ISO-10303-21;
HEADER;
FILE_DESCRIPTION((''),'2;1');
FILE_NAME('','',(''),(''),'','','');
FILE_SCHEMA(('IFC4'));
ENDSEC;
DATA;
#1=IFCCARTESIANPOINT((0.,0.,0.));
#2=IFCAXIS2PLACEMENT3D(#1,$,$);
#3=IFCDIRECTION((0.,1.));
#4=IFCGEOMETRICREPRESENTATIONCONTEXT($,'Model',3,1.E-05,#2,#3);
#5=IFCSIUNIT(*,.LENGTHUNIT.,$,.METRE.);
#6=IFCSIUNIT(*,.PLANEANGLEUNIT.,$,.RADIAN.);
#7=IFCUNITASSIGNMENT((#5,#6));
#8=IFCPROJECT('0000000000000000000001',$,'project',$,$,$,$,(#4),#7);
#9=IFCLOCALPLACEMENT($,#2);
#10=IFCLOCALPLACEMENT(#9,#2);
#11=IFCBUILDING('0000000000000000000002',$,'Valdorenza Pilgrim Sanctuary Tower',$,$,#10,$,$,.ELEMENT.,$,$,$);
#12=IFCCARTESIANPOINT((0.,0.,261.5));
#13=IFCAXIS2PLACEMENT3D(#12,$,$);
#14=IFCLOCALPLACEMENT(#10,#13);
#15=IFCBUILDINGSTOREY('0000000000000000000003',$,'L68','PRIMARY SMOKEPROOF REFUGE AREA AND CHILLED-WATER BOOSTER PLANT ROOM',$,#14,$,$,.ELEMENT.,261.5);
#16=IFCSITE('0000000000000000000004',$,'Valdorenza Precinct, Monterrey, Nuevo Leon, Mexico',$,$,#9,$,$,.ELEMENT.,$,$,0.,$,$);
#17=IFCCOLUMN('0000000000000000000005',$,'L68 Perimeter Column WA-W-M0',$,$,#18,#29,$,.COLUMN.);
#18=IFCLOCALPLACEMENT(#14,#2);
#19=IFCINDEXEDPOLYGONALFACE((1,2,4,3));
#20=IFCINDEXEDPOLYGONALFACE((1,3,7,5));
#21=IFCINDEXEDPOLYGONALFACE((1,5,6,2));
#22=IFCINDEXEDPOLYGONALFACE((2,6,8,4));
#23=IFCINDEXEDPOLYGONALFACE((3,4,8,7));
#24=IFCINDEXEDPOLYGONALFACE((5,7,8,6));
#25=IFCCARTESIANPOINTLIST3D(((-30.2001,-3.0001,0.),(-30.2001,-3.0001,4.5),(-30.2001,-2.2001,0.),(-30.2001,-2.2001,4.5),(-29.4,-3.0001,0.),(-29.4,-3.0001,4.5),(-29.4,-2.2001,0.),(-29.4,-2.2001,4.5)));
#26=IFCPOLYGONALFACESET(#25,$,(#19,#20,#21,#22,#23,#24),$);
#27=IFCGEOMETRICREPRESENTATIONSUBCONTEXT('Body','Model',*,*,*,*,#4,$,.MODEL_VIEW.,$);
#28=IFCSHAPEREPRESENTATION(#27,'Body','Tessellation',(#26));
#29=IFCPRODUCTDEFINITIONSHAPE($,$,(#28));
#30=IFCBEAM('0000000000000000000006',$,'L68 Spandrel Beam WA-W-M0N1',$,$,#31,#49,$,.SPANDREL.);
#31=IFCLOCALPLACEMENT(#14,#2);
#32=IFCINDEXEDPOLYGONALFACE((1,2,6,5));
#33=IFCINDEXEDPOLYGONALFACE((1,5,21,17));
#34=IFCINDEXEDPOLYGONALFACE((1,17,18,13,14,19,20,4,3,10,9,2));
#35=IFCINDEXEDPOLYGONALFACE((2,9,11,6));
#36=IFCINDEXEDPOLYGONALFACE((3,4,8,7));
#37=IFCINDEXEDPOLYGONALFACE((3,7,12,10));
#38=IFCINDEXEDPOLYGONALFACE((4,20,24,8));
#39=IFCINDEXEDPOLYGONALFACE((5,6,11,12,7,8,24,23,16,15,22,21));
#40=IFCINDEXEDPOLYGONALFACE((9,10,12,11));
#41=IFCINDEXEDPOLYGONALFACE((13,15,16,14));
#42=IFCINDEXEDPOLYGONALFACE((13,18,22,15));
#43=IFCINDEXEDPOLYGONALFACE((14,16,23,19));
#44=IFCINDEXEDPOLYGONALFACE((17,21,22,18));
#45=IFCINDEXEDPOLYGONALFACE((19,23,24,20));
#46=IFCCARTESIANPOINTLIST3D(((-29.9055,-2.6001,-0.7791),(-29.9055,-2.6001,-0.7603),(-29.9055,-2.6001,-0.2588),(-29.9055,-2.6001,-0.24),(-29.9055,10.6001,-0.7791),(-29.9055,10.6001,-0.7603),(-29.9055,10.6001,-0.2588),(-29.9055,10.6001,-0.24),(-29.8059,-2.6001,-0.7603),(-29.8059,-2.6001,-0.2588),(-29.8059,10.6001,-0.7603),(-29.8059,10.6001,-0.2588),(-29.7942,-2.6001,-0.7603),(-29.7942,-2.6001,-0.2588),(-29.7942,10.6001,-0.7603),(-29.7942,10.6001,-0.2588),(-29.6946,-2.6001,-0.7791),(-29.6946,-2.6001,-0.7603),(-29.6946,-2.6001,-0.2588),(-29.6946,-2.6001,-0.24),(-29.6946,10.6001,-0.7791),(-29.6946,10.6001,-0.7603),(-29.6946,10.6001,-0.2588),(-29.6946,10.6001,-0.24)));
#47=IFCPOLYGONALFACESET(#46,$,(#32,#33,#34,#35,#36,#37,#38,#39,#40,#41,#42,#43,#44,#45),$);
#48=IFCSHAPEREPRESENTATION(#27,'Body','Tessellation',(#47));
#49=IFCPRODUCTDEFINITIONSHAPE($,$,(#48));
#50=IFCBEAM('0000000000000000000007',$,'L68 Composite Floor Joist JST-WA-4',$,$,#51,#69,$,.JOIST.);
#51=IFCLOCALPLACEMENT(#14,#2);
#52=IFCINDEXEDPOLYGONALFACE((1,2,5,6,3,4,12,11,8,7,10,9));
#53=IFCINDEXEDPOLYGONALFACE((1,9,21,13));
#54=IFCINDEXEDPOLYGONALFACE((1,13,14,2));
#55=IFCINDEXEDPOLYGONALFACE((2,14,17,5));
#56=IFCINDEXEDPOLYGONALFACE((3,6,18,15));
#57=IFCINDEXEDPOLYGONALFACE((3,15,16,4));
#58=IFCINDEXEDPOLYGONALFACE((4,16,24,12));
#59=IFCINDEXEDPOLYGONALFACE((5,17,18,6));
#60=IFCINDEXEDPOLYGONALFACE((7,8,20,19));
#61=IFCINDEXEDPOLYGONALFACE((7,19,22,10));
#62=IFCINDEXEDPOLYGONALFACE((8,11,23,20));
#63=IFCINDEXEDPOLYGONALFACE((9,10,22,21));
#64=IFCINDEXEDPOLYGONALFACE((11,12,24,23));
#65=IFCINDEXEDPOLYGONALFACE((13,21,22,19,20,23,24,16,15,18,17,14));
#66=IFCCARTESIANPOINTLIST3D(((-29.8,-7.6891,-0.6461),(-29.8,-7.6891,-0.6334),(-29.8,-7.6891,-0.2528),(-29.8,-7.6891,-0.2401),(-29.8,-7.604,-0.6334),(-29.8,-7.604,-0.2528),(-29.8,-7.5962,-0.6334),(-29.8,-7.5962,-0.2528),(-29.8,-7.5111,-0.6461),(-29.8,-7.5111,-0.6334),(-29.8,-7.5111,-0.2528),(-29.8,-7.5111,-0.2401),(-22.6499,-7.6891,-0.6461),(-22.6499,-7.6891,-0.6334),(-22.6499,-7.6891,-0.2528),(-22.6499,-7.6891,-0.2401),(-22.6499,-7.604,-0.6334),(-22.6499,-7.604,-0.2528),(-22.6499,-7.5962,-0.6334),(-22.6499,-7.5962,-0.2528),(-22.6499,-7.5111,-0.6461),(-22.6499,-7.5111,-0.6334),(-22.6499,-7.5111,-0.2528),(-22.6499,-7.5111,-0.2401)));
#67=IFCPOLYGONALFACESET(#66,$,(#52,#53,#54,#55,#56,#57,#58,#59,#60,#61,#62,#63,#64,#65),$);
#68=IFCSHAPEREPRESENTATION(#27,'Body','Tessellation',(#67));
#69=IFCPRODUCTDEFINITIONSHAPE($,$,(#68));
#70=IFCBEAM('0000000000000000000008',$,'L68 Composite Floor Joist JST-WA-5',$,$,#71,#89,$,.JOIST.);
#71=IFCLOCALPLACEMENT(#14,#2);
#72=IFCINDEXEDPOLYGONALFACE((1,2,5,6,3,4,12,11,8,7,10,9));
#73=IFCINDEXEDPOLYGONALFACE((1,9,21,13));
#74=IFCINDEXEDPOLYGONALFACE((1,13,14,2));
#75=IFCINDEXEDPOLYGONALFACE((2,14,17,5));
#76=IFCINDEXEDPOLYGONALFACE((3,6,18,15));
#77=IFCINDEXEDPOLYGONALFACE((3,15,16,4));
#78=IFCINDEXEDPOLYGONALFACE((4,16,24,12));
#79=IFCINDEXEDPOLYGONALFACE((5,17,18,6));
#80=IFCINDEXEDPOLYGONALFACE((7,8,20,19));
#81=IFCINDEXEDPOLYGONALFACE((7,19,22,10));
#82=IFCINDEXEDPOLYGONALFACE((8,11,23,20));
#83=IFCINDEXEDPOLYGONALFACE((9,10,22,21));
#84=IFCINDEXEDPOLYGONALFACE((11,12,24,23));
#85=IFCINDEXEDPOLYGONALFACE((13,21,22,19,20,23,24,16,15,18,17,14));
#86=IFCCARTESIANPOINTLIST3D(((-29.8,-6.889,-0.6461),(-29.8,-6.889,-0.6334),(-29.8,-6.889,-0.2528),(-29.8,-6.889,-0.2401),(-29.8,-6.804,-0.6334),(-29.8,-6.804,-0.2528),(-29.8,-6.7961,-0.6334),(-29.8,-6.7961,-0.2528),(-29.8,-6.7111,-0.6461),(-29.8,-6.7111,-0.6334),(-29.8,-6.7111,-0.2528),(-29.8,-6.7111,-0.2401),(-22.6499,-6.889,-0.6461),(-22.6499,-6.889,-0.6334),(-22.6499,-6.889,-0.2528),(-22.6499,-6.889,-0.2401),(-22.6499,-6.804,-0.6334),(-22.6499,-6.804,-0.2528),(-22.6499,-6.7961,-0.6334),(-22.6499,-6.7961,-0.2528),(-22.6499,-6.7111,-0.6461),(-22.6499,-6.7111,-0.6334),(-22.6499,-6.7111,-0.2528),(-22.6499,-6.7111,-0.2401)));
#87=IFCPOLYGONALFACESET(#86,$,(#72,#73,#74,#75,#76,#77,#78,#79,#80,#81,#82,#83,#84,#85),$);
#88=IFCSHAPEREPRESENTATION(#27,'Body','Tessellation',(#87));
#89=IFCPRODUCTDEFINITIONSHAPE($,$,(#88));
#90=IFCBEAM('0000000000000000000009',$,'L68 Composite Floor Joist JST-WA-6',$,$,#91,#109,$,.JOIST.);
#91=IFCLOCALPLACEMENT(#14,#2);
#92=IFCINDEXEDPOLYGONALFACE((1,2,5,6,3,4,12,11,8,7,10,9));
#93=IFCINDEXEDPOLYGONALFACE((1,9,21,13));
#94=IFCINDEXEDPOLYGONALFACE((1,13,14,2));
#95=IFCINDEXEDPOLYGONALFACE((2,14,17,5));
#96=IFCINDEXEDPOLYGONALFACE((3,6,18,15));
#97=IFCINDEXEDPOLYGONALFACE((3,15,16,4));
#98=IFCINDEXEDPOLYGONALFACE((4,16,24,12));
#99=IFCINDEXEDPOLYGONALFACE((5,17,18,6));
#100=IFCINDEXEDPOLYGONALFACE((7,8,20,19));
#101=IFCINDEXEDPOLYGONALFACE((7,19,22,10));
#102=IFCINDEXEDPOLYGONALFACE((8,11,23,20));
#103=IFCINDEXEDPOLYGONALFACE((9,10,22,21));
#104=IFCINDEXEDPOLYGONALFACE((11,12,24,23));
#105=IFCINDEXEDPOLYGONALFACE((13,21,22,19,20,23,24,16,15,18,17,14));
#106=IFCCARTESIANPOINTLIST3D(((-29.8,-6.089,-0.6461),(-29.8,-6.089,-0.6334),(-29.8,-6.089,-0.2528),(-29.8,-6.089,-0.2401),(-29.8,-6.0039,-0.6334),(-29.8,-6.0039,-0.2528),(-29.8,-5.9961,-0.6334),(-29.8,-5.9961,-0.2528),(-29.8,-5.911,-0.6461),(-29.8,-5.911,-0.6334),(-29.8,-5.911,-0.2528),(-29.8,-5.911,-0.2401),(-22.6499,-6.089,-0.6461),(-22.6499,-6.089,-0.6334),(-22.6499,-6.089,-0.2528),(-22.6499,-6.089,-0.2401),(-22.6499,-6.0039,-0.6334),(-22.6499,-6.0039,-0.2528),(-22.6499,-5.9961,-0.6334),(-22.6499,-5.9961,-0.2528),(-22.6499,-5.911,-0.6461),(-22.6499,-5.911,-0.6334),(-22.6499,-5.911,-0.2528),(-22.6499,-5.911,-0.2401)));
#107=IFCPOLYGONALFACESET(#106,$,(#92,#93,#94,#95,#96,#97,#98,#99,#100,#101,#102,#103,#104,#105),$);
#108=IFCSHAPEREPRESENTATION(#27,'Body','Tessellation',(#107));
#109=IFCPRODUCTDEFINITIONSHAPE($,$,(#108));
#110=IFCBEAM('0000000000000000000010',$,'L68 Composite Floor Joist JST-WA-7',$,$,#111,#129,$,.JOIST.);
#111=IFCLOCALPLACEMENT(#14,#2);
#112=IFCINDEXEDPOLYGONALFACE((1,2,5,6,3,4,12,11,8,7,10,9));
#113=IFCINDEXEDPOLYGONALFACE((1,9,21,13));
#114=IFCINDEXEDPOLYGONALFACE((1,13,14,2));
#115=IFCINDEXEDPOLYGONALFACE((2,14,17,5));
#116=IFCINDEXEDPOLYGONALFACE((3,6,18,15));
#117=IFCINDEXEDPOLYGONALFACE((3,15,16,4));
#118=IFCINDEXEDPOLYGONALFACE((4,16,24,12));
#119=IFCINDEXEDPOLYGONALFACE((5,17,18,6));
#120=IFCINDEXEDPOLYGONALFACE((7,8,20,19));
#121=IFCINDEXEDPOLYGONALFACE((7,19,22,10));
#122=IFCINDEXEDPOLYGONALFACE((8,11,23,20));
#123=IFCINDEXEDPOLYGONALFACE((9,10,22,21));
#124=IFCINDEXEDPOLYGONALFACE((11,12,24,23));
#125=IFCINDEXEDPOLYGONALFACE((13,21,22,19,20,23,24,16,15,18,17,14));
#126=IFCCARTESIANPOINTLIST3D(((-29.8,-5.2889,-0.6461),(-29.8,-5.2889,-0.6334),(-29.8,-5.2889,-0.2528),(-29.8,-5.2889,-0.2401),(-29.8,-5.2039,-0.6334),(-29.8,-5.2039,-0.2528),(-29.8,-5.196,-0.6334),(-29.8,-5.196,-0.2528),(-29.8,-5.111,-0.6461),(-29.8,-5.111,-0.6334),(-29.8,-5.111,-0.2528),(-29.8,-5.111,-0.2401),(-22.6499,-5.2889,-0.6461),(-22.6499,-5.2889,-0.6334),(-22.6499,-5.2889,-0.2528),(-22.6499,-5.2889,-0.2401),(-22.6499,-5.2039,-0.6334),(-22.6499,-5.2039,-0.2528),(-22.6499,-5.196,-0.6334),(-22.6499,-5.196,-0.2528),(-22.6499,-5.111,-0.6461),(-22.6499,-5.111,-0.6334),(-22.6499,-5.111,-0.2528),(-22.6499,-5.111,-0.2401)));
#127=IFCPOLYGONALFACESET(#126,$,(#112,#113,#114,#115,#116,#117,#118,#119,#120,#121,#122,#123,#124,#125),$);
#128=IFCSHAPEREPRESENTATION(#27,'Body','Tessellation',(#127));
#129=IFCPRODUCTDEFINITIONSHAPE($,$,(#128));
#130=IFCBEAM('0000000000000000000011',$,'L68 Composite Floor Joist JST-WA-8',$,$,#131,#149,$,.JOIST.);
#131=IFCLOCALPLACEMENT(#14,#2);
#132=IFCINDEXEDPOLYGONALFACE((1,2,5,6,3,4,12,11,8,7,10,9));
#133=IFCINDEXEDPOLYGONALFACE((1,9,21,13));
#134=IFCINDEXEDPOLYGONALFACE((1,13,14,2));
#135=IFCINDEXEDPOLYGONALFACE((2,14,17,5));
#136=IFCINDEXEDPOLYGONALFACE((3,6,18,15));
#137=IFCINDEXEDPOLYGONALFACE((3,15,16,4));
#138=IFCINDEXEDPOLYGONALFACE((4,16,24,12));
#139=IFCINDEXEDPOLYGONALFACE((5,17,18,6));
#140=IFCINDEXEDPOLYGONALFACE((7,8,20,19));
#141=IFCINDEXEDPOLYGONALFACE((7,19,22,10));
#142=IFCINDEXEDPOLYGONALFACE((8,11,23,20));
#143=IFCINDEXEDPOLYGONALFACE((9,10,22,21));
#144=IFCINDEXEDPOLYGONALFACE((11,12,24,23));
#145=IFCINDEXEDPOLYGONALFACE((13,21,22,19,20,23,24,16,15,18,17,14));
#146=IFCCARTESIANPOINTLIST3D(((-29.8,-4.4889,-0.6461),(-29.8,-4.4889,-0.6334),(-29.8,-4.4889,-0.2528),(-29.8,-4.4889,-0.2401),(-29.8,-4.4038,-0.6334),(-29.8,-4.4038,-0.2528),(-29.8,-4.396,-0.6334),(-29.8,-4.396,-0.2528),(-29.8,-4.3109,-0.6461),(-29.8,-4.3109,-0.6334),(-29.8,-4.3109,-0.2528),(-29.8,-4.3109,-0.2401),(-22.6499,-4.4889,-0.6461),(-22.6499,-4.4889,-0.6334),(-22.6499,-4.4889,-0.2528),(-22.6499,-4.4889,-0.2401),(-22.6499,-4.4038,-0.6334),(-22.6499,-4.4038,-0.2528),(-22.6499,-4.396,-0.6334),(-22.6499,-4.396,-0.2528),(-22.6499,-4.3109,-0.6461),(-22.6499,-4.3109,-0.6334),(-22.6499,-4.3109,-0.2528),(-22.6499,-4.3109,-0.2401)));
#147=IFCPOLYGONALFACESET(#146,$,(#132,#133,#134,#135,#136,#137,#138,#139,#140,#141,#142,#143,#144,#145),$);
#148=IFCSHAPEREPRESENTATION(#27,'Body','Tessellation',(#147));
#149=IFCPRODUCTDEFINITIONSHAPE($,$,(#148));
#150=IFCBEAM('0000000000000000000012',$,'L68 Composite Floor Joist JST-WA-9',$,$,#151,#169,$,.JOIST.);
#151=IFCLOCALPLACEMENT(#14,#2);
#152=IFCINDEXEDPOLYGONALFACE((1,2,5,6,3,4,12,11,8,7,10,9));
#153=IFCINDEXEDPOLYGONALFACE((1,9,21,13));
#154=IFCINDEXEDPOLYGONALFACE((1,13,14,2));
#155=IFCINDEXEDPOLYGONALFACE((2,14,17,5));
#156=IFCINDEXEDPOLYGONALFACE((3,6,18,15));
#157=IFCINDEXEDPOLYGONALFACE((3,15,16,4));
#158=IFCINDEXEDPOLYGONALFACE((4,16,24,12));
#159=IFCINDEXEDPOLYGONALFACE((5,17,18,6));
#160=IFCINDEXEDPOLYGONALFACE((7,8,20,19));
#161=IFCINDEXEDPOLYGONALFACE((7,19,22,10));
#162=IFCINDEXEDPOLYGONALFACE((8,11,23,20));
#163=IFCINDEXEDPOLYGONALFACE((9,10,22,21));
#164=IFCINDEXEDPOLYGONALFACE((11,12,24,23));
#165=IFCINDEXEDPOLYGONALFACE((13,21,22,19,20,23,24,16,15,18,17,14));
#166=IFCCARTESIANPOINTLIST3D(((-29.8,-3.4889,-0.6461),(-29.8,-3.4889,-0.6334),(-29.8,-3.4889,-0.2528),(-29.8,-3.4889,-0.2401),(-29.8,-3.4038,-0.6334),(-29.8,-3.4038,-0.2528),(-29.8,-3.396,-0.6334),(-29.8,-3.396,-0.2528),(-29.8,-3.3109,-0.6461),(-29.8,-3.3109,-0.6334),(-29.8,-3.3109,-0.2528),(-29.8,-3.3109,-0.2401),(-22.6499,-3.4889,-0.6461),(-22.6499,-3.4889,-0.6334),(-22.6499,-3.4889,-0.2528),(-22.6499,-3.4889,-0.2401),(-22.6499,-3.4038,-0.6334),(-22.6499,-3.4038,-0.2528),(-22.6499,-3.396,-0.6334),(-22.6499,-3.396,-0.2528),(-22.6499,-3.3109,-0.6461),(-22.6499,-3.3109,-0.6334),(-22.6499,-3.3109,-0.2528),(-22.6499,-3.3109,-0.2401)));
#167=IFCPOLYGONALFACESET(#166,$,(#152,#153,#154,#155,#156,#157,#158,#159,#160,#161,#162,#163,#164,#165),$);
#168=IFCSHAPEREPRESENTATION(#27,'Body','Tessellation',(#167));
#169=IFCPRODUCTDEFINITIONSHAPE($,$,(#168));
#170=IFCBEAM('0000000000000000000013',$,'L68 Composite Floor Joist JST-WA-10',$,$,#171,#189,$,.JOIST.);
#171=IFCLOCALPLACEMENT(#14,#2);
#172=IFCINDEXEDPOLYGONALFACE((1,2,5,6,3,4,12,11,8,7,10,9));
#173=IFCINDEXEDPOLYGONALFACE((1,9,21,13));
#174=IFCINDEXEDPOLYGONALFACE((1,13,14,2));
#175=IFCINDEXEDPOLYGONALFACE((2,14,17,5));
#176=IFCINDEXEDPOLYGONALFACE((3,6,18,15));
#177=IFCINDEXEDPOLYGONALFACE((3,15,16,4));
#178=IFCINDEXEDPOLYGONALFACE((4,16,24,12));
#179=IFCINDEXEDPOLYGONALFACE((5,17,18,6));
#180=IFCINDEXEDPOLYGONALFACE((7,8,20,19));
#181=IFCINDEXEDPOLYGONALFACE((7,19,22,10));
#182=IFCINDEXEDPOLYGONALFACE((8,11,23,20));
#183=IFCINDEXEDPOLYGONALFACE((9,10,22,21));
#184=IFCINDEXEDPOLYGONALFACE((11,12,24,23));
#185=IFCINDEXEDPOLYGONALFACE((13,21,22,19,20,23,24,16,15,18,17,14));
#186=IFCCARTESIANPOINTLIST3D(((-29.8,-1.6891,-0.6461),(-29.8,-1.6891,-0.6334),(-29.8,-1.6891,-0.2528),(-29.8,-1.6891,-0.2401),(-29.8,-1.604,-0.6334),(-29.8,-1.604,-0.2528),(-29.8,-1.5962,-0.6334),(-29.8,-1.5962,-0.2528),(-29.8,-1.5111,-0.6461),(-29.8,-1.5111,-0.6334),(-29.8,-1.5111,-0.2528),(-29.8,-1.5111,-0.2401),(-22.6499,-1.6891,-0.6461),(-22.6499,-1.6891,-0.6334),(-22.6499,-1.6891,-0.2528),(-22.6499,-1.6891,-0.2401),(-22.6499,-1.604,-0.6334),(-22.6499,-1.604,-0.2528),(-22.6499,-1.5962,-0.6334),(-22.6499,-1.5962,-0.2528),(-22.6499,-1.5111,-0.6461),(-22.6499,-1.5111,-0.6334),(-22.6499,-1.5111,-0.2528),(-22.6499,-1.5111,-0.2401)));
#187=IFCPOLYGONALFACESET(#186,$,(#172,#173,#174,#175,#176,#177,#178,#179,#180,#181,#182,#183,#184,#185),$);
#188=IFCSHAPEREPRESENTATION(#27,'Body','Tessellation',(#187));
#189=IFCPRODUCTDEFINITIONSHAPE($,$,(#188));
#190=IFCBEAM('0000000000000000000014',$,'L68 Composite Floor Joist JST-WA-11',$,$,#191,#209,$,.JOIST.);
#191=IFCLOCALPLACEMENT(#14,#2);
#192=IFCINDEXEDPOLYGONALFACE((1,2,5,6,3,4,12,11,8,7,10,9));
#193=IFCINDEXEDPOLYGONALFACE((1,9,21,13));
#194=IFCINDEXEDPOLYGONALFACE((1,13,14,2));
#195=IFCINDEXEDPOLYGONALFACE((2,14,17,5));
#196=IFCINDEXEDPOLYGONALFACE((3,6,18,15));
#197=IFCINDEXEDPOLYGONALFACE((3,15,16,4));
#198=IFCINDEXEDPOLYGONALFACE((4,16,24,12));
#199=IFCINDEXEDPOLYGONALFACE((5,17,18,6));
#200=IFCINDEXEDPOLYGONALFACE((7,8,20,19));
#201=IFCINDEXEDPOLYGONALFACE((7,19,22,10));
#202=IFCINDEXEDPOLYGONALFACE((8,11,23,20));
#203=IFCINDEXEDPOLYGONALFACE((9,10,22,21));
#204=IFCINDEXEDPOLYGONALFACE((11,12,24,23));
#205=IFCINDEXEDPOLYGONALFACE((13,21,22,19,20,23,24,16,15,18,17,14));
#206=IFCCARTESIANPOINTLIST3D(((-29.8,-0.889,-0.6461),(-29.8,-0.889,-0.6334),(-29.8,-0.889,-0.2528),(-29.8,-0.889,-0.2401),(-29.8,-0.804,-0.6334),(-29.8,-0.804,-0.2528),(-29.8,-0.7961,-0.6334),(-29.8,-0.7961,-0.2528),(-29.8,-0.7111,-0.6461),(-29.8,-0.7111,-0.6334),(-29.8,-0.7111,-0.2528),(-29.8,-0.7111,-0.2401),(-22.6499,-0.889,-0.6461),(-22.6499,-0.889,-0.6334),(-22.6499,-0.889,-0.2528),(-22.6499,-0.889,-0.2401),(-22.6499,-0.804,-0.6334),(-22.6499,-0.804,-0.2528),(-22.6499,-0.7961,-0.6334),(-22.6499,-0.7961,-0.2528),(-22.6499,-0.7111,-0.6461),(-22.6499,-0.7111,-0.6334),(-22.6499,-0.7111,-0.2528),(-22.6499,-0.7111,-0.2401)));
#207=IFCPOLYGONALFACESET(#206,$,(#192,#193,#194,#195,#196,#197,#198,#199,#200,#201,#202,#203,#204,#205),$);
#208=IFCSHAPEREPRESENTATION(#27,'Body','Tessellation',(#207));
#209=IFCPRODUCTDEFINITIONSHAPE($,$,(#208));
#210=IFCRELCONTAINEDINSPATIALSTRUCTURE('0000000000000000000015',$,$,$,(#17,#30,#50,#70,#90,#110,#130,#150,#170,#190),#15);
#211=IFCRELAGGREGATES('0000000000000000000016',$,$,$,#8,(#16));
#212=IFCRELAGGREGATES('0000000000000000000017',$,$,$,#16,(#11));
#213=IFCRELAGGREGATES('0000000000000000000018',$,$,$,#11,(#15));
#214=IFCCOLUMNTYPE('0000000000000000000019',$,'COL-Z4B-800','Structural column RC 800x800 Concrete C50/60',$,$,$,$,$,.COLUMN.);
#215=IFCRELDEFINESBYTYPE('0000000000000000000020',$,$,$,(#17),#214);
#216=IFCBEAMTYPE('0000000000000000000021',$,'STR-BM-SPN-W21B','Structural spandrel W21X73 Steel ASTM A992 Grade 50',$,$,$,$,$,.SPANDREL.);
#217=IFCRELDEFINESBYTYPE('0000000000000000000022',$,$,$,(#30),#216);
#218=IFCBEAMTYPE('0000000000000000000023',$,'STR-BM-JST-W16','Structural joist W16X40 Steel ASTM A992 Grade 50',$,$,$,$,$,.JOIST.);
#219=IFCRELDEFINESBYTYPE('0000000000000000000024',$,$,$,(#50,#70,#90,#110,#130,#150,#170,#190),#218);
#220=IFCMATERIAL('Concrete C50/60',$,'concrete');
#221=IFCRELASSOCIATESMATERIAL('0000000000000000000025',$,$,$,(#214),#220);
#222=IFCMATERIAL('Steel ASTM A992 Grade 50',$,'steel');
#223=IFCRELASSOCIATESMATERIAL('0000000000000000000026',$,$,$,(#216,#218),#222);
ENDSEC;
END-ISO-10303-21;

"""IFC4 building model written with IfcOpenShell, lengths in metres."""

from ifc_helpers import new_model, si_unit, direction, frame, origin, origin_2d, place, context, subcontext, project, spatial, rectangle, i_section, extrude, source, transform, mapped, material, material_profile, profile_set, type_object, element, save


model = new_model("IFC4")

# Units and contexts
model_context = context("Model", 3, precision=1e-05, world=origin(), true_north=direction((0.0, 1.0)))
body_context = subcontext(model_context, "Body", "Model", "MODEL_VIEW")
ifc_project = project(units=[si_unit("LENGTHUNIT", "METRE"), si_unit("PLANEANGLEUNIT", "RADIAN")], contexts=[model_context])

# Site, building, storey
site_placement = place(None, origin())
site = spatial("IfcSite", under=ifc_project, at=site_placement, Name="Valdorenza Precinct, Monterrey, Nuevo Leon, Mexico", CompositionType="ELEMENT", RefElevation=0.0)
building_placement = place(site_placement, origin())
building = spatial("IfcBuilding", under=site, at=building_placement, Name="Valdorenza Pilgrim Sanctuary Tower", CompositionType="ELEMENT")
storey_placement = place(building_placement, frame((0.0, 0.0, 261.5)))
storey = spatial("IfcBuildingStorey", under=building, at=storey_placement, Name="L68", Description="PRIMARY SMOKEPROOF REFUGE AREA AND CHILLED-WATER BOOSTER PLANT ROOM", CompositionType="ELEMENT", Elevation=261.5)

# Column
ifc_material_1 = material(Name="Concrete C50/60", Category="concrete")
ifc_material_profile_1 = material_profile(ifc_material_1, rectangle(XDim=0.8, YDim=0.8, at=origin_2d()), Name="RC 800x800")
ifc_profile_set_1 = profile_set([ifc_material_profile_1], Name="Concrete C50/60")
column_type = type_object("IfcColumnType", Name="COL-Z4B-800", Description="Structural column RC 800x800 Concrete C50/60", PredefinedType="COLUMN", material=ifc_profile_set_1)
shared_shape_1 = source(origin(), body_context, "Body", "SweptSolid", [
    extrude(rectangle(XDim=0.8, YDim=0.8, at=origin_2d()), origin(), (0.0, 0.0, 1.0), 4.5),
])
column_placement = place(storey_placement, frame((-29.8, -2.6001, 0.0), z_axis=(0.0, 0.0, 1.0), x_axis=(1.0, 0.0, 0.0)))
element("IfcColumn", 1, at=column_placement, inside=storey, type_object=column_type, Name="L68 Perimeter Column WA-W-M0", PredefinedType="COLUMN", context=body_context, shape_type="MappedRepresentation", body=[
    mapped(shared_shape_1, transform((0.0, 0.0, 0.0), x_axis=(1.0, 0.0, 0.0), y_axis=(0.0, 1.0, 0.0), z_axis=(0.0, 0.0, 1.0), scale=1.0)),
])

# Beams
ifc_material_2 = material(Name="Steel ASTM A992 Grade 50", Category="steel")
ifc_material_profile_2 = material_profile(ifc_material_2, i_section(OverallWidth=0.2109, OverallDepth=0.5391, WebThickness=0.0117, FlangeThickness=0.0188, at=origin_2d()), Name="W21X73")
ifc_profile_set_2 = profile_set([ifc_material_profile_2], Name="Steel ASTM A992 Grade 50")
beam_type_1 = type_object("IfcBeamType", Name="STR-BM-SPN-W21B", Description="Structural spandrel W21X73 Steel ASTM A992 Grade 50", PredefinedType="SPANDREL", material=ifc_profile_set_2)
shared_shape_2 = source(origin(), body_context, "Body", "SweptSolid", [
    extrude(i_section(OverallWidth=0.2109, OverallDepth=0.5391, WebThickness=0.0117, FlangeThickness=0.0188, at=origin_2d()), origin(), (0.0, 0.0, 1.0), 13.2002),
])
beam_1_placement = place(storey_placement, frame((-29.8, -2.6001, -0.5095), z_axis=(0.0, 1.0, 0.0), x_axis=(-1.0, 0.0, 0.0)))
element("IfcBeam", 2, at=beam_1_placement, inside=storey, type_object=beam_type_1, Name="L68 Spandrel Beam WA-W-M0N1", PredefinedType="SPANDREL", context=body_context, shape_type="MappedRepresentation", body=[
    mapped(shared_shape_2, transform((0.0, 0.0, 0.0), x_axis=(1.0, 0.0, 0.0), y_axis=(0.0, 1.0, 0.0), z_axis=(0.0, 0.0, 1.0), scale=1.0)),
])
ifc_material_profile_3 = material_profile(ifc_material_2, i_section(OverallWidth=0.178, OverallDepth=0.406, WebThickness=0.0078, FlangeThickness=0.0127, at=origin_2d()), Name="W16X40")
ifc_profile_set_3 = profile_set([ifc_material_profile_3], Name="Steel ASTM A992 Grade 50")
beam_type_2 = type_object("IfcBeamType", Name="STR-BM-JST-W16", Description="Structural joist W16X40 Steel ASTM A992 Grade 50", PredefinedType="JOIST", material=ifc_profile_set_3)
shared_shape_3 = source(origin(), body_context, "Body", "SweptSolid", [
    extrude(i_section(OverallWidth=0.178, OverallDepth=0.406, WebThickness=0.0078, FlangeThickness=0.0127, at=origin_2d()), origin(), (0.0, 0.0, 1.0), 7.1501),
])
for number, where, z_axis, x_axis, name in (
    (3, (-29.8, -7.6001, -0.4431), (1.0, 0.0, 0.0), (0.0, 1.0, 0.0), "L68 Composite Floor Joist JST-WA-4"),
    (4, (-29.8, -6.8, -0.4431), (1.0, 0.0, 0.0), (0.0, 1.0, 0.0), "L68 Composite Floor Joist JST-WA-5"),
    (5, (-29.8, -6.0, -0.4431), (1.0, 0.0, 0.0), (0.0, 1.0, 0.0), "L68 Composite Floor Joist JST-WA-6"),
    (6, (-29.8, -5.2, -0.4431), (1.0, 0.0, 0.0), (0.0, 1.0, 0.0), "L68 Composite Floor Joist JST-WA-7"),
    (7, (-29.8, -4.3999, -0.4431), (1.0, 0.0, 0.0), (0.0, 1.0, 0.0), "L68 Composite Floor Joist JST-WA-8"),
    (8, (-29.8, -3.3999, -0.4431), (1.0, 0.0, 0.0), (0.0, 1.0, 0.0), "L68 Composite Floor Joist JST-WA-9"),
    (9, (-29.8, -1.6001, -0.4431), (1.0, 0.0, 0.0), (0.0, 1.0, 0.0), "L68 Composite Floor Joist JST-WA-10"),
    (10, (-29.8, -0.8, -0.4431), (1.0, 0.0, 0.0), (0.0, 1.0, 0.0), "L68 Composite Floor Joist JST-WA-11"),
):
    element("IfcBeam", number, at=place(storey_placement, frame(where, z_axis=z_axis, x_axis=x_axis)), inside=storey, type_object=beam_type_2, Name=name, PredefinedType="JOIST", context=body_context, shape_type="MappedRepresentation", body=[
        mapped(shared_shape_3, transform((0.0, 0.0, 0.0), x_axis=(1.0, 0.0, 0.0), y_axis=(0.0, 1.0, 0.0), z_axis=(0.0, 0.0, 1.0), scale=1.0)),
    ])

save(model, "model.ifc")
